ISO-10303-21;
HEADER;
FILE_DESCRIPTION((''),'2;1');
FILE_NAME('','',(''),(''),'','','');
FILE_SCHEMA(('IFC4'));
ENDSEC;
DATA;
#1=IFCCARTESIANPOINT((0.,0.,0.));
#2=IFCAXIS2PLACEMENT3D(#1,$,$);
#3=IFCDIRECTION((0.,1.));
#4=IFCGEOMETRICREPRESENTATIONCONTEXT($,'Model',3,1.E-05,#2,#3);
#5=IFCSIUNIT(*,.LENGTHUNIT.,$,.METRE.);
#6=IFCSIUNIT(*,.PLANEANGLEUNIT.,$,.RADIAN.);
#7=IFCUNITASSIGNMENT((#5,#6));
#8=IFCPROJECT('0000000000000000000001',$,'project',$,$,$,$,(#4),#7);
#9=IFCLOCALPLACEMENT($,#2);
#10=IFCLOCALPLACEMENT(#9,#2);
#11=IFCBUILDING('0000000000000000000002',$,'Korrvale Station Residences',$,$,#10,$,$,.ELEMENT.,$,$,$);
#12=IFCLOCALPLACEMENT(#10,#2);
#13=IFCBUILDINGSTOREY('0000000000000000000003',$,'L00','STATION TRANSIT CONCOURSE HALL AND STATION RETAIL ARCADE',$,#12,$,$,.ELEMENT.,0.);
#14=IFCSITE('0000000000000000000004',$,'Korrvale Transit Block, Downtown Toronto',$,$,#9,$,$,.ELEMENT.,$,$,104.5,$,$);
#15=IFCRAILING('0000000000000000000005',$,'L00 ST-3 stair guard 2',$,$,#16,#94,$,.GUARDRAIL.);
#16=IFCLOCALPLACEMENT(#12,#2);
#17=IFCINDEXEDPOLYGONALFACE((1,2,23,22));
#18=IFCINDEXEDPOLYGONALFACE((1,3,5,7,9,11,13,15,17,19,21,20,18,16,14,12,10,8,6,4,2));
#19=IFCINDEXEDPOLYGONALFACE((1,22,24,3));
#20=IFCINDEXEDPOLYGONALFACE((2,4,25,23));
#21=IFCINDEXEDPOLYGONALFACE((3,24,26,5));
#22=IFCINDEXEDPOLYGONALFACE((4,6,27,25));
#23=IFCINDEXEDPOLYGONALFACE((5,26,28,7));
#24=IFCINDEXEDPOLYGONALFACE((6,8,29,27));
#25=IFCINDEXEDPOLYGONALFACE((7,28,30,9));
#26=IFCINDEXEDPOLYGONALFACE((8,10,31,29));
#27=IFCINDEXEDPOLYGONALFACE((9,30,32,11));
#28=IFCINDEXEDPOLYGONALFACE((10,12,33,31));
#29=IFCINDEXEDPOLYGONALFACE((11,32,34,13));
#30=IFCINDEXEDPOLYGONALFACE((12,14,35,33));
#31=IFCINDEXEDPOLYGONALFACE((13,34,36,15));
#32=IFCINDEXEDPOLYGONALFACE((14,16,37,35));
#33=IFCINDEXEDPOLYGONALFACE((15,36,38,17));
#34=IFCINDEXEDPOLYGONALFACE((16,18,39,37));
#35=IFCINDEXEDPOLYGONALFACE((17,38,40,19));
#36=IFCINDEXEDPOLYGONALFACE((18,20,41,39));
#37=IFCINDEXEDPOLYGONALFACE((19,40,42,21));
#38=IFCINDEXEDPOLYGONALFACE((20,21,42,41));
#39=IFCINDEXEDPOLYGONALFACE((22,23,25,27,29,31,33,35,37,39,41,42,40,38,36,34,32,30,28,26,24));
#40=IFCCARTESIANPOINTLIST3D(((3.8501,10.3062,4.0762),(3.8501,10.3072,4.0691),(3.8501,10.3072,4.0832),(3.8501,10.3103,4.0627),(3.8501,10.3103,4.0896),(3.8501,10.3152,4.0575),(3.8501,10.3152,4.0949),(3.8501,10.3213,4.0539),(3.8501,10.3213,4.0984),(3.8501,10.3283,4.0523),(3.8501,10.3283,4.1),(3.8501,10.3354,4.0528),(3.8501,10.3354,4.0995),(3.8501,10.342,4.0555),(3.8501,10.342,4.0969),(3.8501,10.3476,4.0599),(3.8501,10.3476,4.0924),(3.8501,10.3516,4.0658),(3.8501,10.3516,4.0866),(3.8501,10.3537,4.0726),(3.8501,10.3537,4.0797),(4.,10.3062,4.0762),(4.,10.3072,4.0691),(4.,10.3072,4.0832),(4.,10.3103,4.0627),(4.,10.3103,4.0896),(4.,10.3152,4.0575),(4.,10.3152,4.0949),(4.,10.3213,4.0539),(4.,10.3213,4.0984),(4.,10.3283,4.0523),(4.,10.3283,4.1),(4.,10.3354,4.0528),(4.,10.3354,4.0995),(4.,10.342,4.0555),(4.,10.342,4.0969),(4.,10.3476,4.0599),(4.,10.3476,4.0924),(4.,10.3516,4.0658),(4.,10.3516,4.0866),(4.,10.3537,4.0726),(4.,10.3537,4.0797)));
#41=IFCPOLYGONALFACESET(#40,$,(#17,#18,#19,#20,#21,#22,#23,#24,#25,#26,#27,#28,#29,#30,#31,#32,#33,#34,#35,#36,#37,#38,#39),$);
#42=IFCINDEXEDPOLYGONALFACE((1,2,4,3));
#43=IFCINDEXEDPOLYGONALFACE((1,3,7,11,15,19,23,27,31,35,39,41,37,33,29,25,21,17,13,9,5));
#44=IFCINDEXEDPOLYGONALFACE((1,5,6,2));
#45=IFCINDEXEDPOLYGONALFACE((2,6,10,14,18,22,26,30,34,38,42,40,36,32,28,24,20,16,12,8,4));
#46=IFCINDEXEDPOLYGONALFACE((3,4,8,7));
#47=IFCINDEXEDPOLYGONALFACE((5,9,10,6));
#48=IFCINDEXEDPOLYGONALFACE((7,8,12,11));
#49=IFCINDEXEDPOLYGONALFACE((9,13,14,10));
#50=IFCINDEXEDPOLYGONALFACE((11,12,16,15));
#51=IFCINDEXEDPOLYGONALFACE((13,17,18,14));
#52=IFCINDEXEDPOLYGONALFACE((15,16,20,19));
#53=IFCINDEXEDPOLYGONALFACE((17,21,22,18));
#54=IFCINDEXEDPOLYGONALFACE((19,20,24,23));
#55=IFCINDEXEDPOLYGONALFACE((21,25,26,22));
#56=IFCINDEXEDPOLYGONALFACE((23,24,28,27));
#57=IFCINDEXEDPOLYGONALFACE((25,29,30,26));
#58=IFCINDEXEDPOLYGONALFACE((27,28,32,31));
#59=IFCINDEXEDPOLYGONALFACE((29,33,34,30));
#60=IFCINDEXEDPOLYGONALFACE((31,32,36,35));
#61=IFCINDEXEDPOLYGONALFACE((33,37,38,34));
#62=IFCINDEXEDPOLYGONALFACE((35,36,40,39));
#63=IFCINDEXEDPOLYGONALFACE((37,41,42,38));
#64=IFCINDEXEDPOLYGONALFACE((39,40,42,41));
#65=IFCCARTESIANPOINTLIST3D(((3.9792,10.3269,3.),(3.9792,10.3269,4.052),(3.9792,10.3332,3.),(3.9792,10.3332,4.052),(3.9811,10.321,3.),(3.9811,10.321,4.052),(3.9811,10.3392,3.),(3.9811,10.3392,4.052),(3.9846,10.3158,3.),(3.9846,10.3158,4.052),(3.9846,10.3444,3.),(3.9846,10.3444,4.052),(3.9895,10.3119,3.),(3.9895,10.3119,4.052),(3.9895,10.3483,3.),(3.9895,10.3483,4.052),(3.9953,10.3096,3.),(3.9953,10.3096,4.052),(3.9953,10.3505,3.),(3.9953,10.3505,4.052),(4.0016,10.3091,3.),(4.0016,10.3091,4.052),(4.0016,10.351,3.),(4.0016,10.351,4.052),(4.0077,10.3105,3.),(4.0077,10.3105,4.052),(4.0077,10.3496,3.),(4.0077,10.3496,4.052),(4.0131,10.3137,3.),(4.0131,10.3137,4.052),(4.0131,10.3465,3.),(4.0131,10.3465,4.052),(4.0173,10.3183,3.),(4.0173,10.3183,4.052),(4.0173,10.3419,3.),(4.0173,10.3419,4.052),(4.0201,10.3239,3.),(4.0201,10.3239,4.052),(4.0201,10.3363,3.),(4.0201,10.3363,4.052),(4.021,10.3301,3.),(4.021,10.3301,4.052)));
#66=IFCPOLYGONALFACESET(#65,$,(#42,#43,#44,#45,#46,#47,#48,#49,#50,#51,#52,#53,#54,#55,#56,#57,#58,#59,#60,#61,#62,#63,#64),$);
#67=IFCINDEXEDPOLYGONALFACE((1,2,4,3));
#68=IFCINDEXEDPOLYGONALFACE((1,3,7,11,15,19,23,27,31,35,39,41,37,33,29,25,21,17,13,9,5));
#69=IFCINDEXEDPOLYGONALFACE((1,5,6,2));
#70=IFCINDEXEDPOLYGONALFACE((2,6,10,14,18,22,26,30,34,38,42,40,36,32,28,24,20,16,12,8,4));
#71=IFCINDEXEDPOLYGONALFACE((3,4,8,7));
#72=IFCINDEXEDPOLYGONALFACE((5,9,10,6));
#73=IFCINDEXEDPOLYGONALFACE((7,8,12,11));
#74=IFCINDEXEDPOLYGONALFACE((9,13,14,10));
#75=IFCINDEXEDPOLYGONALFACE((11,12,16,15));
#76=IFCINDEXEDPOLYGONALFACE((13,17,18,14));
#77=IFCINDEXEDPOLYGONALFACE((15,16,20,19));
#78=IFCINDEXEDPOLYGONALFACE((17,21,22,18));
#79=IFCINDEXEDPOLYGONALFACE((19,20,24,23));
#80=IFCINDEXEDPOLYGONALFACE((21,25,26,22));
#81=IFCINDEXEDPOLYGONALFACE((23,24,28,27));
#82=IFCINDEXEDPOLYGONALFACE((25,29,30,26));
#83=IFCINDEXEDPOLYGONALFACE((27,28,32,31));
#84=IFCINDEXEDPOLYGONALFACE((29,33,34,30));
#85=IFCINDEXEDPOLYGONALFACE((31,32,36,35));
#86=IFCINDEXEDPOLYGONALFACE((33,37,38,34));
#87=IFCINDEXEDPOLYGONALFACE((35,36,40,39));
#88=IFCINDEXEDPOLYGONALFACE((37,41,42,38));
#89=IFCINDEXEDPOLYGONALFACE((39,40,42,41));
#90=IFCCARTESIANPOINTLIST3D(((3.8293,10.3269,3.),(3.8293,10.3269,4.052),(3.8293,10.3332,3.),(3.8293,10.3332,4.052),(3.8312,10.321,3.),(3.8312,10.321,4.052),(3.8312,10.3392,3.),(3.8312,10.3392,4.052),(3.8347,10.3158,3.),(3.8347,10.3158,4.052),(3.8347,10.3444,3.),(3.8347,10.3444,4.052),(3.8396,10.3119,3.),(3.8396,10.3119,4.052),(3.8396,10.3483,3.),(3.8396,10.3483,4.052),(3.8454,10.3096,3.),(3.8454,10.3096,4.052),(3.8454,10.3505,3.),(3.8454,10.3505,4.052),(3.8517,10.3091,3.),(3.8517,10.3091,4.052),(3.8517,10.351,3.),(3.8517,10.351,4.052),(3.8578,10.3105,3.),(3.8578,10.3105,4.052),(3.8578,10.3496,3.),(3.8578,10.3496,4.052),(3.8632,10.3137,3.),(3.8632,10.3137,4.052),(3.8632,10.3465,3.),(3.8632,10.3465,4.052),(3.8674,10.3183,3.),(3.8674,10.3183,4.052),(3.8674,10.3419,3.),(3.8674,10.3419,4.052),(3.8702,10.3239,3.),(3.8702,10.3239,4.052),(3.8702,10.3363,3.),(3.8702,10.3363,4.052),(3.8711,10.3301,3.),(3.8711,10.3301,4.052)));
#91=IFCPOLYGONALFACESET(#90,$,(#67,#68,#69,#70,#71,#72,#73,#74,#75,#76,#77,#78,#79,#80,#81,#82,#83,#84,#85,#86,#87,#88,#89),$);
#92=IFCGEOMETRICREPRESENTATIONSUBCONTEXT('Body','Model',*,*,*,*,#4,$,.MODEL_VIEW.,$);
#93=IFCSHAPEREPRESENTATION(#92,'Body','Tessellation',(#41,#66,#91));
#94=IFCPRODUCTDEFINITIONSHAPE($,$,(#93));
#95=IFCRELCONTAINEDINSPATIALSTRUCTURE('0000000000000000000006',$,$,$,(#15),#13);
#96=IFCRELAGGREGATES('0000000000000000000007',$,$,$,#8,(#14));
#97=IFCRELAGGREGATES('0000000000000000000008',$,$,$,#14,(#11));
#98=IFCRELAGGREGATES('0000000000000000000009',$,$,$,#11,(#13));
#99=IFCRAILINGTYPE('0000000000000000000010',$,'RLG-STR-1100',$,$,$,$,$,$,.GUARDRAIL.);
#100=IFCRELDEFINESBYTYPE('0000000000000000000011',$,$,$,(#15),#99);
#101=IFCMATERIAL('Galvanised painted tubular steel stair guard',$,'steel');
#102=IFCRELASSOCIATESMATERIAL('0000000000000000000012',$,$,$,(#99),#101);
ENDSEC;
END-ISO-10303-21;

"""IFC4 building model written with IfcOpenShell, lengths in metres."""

from ifc_helpers import new_model, si_unit, direction, frame, origin, origin_2d, place, context, subcontext, project, spatial, circle, extrude, material, type_object, element, save


model = new_model("IFC4")

# Units and contexts
model_context = context("Model", 3, precision=1e-05, world=origin(), true_north=direction((0.0, 1.0)))
body_context = subcontext(model_context, "Body", "Model", "MODEL_VIEW")
ifc_project = project(units=[si_unit("LENGTHUNIT", "METRE"), si_unit("PLANEANGLEUNIT", "RADIAN")], contexts=[model_context])

# Site, building, storey
site_placement = place(None, origin())
site = spatial("IfcSite", under=ifc_project, at=site_placement, Name="Korrvale Transit Block, Downtown Toronto", CompositionType="ELEMENT", RefElevation=104.5)
building_placement = place(site_placement, origin())
building = spatial("IfcBuilding", under=site, at=building_placement, Name="Korrvale Station Residences", CompositionType="ELEMENT")
storey_placement = place(building_placement, origin())
storey = spatial("IfcBuildingStorey", under=building, at=storey_placement, Name="L00", Description="STATION TRANSIT CONCOURSE HALL AND STATION RETAIL ARCADE", CompositionType="ELEMENT", Elevation=0.0)

# Railing
ifc_material_1 = material(Name="Galvanised painted tubular steel stair guard", Category="steel")
railing_type_1 = type_object("IfcRailingType", Name="RLG-STR-1100", PredefinedType="GUARDRAIL", material=ifc_material_1)
railing_1_placement = place(storey_placement, frame((4.0, 10.3301, 3.0)))
element("IfcRailing", 1, at=railing_1_placement, inside=storey, type_object=railing_type_1, Name="L00 ST-3 stair guard 2", PredefinedType="GUARDRAIL", context=body_context, shape_type="SweptSolid", body=[
    extrude(circle(Radius=0.0239, at=origin_2d()), frame((0.0, 0.0, 1.0762), z_axis=(-1.0, 0.0, 0.0), x_axis=(0.0, -1.0, 0.0)), (0.0, 0.0, 1.0), 0.1499),
    extrude(circle(Radius=0.021, at=origin_2d()), origin(), (0.0, 0.0, 1.0), 1.052),
    extrude(circle(Radius=0.021, at=origin_2d()), frame((-0.1499, 0.0, 0.0)), (0.0, 0.0, 1.0), 1.052),
])

save(model, "model.ifc")
